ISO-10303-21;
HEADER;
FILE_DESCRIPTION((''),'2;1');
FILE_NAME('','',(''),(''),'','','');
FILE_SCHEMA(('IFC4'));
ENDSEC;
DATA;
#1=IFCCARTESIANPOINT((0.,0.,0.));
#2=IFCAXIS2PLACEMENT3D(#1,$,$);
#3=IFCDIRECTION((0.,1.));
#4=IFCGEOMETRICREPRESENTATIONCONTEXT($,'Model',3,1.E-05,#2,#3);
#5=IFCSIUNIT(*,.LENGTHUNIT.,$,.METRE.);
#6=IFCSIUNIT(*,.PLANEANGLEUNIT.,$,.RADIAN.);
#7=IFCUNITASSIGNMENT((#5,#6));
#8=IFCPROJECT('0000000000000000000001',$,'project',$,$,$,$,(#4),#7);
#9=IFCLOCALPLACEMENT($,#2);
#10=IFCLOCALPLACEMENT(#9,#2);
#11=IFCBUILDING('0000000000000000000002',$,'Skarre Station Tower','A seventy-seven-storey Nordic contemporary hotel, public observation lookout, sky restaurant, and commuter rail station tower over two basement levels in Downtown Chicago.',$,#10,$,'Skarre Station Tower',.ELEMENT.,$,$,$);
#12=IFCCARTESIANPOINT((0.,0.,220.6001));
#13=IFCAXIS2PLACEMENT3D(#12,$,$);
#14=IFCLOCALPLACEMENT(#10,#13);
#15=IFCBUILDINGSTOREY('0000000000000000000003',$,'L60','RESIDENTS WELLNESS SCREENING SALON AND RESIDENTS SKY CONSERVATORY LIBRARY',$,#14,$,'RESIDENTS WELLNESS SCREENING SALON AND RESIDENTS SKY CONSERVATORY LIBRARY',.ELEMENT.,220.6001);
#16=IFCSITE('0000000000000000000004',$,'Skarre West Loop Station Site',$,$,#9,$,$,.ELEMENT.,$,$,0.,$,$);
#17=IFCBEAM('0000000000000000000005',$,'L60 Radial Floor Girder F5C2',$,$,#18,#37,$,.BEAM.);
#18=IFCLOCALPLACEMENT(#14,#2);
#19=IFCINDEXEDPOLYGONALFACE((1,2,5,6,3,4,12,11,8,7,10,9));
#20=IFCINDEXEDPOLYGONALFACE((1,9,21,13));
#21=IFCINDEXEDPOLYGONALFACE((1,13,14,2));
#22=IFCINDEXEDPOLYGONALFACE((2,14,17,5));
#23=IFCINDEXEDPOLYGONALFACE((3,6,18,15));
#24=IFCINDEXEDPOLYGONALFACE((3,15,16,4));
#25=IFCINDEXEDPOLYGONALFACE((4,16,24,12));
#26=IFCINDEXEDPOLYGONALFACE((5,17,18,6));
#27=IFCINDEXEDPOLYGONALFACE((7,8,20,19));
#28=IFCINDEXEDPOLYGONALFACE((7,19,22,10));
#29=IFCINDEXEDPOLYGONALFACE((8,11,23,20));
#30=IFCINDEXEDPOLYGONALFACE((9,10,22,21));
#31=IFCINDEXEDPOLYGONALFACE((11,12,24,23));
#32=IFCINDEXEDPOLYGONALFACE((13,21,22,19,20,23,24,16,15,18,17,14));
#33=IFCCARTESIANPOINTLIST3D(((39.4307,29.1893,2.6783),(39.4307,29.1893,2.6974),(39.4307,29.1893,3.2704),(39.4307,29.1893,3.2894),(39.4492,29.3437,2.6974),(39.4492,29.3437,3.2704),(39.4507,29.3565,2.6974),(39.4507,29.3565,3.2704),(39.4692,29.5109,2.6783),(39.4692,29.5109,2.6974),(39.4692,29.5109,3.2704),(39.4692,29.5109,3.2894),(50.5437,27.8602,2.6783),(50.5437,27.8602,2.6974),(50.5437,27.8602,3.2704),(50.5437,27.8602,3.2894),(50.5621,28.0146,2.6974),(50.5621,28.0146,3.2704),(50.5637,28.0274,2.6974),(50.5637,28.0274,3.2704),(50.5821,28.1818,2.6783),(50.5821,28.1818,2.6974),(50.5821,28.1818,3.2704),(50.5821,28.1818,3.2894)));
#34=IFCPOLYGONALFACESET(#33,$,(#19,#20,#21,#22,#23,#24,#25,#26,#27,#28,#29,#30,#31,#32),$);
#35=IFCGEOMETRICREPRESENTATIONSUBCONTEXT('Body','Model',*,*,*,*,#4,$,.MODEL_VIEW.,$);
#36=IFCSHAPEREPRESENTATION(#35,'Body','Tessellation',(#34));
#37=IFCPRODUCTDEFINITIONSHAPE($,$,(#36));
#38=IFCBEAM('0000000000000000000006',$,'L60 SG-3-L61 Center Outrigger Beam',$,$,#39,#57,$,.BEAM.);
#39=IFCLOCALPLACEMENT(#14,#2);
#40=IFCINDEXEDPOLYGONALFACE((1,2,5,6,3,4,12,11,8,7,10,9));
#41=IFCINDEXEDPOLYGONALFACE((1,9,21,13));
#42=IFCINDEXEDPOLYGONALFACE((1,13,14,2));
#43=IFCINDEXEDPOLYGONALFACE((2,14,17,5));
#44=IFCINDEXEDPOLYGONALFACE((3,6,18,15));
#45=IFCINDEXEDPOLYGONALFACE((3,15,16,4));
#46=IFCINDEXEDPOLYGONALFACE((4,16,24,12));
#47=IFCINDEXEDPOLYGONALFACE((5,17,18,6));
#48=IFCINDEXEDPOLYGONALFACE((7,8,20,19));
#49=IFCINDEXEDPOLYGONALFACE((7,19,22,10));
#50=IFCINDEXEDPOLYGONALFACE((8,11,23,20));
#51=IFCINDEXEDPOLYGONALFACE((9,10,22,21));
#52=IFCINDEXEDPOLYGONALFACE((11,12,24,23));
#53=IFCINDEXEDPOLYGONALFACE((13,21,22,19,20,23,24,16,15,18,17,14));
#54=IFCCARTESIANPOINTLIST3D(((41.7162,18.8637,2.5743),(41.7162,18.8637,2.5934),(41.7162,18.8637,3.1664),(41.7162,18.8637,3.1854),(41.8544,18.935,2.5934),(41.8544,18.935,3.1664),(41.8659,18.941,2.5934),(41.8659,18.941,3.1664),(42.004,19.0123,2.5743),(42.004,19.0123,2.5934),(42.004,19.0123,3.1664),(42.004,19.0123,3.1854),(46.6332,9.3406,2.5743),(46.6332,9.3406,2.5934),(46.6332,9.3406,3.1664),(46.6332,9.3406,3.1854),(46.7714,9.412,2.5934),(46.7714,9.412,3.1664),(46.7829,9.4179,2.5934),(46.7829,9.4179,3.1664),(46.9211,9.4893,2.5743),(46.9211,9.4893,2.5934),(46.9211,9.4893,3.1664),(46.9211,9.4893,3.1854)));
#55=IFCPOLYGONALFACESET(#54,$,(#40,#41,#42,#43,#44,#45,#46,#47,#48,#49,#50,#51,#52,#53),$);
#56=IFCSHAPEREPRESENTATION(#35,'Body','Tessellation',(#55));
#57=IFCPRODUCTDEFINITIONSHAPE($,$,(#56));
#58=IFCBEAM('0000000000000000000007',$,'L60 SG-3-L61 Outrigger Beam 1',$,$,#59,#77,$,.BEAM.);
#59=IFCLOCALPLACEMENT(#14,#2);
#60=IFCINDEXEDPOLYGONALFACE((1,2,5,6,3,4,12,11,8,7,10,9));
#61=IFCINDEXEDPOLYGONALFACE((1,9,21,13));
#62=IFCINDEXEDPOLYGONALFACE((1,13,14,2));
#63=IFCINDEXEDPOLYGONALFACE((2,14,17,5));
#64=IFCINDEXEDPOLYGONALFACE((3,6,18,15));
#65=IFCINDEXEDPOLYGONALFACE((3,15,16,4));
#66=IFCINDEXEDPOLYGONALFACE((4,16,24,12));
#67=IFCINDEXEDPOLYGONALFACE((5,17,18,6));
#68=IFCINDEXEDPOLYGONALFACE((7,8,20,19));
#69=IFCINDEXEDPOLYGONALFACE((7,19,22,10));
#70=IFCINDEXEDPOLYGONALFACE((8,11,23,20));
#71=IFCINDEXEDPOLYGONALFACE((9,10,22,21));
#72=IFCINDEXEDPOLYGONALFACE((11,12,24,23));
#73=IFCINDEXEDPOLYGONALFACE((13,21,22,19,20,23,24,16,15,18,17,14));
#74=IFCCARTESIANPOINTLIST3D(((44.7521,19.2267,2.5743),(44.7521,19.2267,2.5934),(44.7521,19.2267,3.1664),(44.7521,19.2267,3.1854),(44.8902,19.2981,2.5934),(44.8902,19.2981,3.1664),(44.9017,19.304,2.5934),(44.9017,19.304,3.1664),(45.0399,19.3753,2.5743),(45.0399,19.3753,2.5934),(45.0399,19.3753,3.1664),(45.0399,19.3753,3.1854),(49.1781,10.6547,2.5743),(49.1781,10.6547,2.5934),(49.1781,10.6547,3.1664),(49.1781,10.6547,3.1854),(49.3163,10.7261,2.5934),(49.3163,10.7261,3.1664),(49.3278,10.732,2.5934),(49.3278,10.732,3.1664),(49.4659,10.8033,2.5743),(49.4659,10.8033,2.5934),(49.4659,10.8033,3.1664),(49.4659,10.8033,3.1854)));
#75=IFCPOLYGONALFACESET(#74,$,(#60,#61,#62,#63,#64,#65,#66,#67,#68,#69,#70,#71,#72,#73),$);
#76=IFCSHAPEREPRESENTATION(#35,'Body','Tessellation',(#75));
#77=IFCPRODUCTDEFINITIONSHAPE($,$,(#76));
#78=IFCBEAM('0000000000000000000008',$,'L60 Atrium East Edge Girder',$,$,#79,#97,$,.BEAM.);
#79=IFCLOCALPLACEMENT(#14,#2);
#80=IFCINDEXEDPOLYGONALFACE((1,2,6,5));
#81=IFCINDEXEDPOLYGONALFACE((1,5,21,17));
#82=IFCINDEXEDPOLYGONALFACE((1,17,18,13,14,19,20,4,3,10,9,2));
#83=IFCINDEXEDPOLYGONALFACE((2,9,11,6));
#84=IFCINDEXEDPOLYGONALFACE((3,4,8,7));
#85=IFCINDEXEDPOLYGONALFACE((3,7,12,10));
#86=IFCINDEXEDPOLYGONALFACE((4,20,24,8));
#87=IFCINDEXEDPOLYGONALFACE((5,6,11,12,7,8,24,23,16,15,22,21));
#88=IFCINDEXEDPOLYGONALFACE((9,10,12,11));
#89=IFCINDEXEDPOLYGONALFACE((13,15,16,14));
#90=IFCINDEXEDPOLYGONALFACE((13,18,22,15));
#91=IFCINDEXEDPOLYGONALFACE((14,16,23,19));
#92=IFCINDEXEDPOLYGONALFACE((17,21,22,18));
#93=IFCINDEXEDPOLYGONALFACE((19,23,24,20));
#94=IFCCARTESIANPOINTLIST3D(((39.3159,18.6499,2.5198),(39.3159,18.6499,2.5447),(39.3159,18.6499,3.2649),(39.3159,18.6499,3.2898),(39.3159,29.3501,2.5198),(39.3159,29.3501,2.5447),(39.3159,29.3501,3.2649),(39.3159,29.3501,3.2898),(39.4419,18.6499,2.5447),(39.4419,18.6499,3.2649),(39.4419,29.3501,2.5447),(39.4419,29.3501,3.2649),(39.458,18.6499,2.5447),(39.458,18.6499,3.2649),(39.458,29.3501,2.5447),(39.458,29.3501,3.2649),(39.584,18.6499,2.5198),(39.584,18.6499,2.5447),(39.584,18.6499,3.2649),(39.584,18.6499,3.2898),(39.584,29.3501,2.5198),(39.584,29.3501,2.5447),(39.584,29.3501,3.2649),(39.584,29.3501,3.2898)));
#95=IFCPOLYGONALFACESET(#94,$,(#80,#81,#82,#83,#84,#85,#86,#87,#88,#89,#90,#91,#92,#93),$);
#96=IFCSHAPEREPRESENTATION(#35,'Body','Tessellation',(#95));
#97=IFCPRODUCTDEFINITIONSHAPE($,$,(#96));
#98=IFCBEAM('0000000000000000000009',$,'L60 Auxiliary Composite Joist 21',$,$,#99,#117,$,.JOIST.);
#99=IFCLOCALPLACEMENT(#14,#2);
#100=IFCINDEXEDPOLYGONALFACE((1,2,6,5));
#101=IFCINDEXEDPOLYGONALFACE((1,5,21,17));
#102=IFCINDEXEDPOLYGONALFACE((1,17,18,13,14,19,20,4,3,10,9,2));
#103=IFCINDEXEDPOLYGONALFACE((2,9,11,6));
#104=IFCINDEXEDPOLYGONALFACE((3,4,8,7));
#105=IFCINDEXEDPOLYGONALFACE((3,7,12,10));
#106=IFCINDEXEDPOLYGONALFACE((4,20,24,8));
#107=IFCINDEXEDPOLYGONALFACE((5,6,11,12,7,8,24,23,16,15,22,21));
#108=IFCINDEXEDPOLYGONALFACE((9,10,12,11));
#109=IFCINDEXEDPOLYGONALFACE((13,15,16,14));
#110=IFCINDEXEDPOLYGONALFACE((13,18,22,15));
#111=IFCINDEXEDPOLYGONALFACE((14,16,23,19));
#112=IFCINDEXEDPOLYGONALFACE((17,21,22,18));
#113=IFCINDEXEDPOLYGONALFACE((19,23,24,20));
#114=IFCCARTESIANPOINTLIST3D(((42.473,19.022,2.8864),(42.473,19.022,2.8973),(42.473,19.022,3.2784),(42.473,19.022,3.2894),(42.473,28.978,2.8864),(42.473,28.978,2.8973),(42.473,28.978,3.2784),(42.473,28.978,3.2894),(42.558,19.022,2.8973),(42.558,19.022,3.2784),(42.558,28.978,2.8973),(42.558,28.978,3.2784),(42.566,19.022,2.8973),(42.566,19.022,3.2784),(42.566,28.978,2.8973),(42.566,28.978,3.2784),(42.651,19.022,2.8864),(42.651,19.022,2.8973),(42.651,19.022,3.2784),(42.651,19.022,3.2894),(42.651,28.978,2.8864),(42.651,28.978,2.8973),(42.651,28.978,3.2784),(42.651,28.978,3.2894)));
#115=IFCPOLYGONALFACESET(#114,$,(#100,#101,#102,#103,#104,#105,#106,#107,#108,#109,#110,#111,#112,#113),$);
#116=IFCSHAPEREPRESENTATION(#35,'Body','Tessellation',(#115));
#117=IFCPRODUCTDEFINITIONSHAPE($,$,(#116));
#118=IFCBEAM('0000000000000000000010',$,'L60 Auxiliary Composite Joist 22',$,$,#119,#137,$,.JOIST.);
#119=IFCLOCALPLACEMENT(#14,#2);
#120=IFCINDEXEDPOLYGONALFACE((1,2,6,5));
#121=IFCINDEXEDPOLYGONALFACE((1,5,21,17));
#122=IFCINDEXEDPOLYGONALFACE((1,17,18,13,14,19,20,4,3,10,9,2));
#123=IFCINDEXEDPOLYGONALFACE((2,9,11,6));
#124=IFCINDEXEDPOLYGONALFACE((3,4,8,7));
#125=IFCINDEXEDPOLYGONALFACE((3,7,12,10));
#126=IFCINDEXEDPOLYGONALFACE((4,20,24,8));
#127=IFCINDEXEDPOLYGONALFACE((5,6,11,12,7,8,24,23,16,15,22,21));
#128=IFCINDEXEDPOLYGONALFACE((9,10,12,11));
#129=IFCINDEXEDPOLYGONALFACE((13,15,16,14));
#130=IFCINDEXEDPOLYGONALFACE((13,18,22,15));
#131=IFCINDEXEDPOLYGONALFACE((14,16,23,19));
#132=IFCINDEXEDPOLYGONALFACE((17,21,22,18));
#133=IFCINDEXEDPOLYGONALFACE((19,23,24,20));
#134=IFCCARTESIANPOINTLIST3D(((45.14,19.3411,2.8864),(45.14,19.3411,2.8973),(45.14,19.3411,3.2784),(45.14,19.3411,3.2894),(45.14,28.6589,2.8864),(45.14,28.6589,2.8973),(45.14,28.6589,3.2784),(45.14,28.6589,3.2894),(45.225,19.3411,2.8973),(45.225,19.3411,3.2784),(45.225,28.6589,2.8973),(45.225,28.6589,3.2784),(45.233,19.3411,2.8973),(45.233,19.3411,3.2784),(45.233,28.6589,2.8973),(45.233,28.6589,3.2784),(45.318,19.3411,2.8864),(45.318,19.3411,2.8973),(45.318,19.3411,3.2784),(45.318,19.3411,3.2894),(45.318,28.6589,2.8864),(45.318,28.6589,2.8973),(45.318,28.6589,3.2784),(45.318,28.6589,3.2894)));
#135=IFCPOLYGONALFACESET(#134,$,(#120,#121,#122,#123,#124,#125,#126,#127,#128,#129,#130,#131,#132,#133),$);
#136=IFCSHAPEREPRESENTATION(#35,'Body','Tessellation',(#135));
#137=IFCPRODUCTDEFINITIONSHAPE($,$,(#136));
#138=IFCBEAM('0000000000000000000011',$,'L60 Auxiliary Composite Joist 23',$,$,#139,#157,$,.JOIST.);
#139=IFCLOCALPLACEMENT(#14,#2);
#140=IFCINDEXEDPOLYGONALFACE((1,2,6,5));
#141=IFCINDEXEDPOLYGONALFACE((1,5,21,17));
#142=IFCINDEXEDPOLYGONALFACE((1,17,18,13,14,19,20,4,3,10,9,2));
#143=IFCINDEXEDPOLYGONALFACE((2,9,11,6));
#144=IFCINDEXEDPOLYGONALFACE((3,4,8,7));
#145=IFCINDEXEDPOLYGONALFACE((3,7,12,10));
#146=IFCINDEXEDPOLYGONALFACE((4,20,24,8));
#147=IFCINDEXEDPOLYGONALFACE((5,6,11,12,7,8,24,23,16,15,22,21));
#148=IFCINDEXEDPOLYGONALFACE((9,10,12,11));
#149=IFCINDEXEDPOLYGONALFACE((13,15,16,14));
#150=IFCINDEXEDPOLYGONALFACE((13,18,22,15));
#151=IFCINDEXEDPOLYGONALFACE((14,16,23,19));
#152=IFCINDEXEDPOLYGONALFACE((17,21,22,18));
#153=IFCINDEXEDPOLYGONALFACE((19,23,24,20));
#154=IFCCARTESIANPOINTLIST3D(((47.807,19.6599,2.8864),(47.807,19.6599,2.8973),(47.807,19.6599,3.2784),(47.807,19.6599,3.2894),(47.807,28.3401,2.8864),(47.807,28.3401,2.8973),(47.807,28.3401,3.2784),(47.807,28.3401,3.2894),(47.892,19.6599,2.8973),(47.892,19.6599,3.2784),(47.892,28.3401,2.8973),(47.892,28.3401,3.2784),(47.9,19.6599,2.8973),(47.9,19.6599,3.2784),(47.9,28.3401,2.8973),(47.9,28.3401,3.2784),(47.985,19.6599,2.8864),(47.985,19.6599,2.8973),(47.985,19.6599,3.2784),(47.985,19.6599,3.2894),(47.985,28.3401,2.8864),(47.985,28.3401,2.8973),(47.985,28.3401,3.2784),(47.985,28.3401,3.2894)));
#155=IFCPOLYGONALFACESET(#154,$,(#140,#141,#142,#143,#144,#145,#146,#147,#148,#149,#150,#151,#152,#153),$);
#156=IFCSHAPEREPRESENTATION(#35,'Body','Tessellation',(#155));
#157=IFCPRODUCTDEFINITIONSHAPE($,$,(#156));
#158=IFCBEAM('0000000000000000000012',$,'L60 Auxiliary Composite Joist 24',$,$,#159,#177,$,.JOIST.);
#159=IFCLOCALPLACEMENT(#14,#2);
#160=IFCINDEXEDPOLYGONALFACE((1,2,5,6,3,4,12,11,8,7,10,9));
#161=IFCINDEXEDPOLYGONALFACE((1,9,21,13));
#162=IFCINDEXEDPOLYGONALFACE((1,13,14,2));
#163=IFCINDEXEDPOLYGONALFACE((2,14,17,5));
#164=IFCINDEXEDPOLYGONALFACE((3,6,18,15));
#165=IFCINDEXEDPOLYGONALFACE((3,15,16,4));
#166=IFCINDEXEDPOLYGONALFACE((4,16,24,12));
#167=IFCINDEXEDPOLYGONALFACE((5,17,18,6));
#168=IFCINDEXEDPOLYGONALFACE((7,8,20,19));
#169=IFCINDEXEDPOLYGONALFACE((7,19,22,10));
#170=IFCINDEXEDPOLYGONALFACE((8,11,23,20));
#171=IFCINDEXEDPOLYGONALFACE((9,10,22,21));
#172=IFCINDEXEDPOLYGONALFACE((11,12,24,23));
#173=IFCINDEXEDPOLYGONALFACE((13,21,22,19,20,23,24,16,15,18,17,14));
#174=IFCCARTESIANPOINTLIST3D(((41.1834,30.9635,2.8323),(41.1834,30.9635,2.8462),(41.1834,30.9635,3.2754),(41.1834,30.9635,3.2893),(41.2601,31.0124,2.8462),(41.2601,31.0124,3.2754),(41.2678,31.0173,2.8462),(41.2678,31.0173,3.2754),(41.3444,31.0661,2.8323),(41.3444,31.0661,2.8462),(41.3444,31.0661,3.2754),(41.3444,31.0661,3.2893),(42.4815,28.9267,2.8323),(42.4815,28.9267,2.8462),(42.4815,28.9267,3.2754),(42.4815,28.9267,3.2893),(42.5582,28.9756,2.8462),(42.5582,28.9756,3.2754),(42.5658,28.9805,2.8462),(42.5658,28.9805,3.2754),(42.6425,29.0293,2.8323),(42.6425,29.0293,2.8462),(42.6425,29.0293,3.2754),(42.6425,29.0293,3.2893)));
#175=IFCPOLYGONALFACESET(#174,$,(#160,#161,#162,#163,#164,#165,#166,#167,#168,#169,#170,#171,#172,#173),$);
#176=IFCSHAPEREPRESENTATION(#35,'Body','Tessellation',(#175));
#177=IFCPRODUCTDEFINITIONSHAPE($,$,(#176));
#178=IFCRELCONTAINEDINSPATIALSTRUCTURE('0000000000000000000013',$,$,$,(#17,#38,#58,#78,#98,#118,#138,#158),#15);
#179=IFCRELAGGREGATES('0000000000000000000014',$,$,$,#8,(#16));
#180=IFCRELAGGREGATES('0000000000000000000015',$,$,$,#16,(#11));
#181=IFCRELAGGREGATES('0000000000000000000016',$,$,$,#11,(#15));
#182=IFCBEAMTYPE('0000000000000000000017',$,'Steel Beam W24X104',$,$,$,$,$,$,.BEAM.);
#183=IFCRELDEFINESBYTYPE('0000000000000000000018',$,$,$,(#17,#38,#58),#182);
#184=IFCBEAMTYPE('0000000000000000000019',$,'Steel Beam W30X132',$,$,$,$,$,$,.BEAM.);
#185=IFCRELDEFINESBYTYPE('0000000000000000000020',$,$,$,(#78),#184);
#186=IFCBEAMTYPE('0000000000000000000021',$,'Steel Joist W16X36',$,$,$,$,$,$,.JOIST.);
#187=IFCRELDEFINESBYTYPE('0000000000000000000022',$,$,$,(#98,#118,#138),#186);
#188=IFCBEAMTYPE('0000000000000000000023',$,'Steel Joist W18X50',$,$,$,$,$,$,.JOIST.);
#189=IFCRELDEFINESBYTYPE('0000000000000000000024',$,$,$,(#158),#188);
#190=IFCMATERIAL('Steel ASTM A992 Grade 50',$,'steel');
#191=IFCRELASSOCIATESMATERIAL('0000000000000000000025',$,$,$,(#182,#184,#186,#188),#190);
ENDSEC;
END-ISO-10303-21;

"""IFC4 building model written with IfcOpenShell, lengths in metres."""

from ifc_helpers import new_model, si_unit, direction, frame, origin, origin_2d, place, context, subcontext, project, spatial, i_section, extrude, material, material_profile, profile_set, type_object, element, save


model = new_model("IFC4")

# Units and contexts
model_context = context("Model", 3, precision=1e-05, world=origin(), true_north=direction((0.0, 1.0)))
body_context = subcontext(model_context, "Body", "Model", "MODEL_VIEW")
ifc_project = project(units=[si_unit("LENGTHUNIT", "METRE"), si_unit("PLANEANGLEUNIT", "RADIAN")], contexts=[model_context])

# Site, building, storey
site_placement = place(None, origin())
site = spatial("IfcSite", under=ifc_project, at=site_placement, Name="Skarre West Loop Station Site", CompositionType="ELEMENT", RefElevation=0.0)
building_placement = place(site_placement, origin())
building = spatial("IfcBuilding", under=site, at=building_placement, Name="Skarre Station Tower", Description="A seventy-seven-storey Nordic contemporary hotel, public observation lookout, sky restaurant, and commuter rail station tower over two basement levels in Downtown Chicago.", LongName="Skarre Station Tower", CompositionType="ELEMENT")
storey_placement = place(building_placement, frame((0.0, 0.0, 220.6001)))
storey = spatial("IfcBuildingStorey", under=building, at=storey_placement, Name="L60", Description="RESIDENTS WELLNESS SCREENING SALON AND RESIDENTS SKY CONSERVATORY LIBRARY", LongName="RESIDENTS WELLNESS SCREENING SALON AND RESIDENTS SKY CONSERVATORY LIBRARY", CompositionType="ELEMENT", Elevation=220.6001)

# Beams
ifc_material_1 = material(Name="Steel ASTM A992 Grade 50", Category="steel")
ifc_material_profile_1 = material_profile(ifc_material_1, i_section(OverallWidth=0.324, OverallDepth=0.6111, WebThickness=0.0129, FlangeThickness=0.019, at=origin_2d()), Name="Steel ASTM A992 Grade 50")
ifc_profile_set_1 = profile_set([ifc_material_profile_1], Name="Steel ASTM A992 Grade 50")
beam_type_1 = type_object("IfcBeamType", Name="Steel Beam W24X104", PredefinedType="BEAM", material=ifc_profile_set_1)
for number, where, z_axis, x_axis, name in (
    (1, (39.45, 29.3501, 2.9839), (0.992924, -0.118752, 0.0), (0.118752, 0.992924, 0.0), "L60 Radial Floor Girder F5C2"),
):
    element("IfcBeam", number, at=place(storey_placement, frame(where, z_axis=z_axis, x_axis=x_axis)), inside=storey, type_object=beam_type_1, Name=name, PredefinedType="BEAM", context=body_context, shape_type="SweptSolid", body=[
        extrude(i_section(OverallWidth=0.324, OverallDepth=0.6111, WebThickness=0.0129, FlangeThickness=0.019, at=origin_2d()), origin(), (0.0, 0.0, 1.0), 11.1921),
    ])
beam_1_placement = place(storey_placement, frame((41.8601, 18.938, 2.8799), z_axis=(0.458784, -0.888548, 0.0), x_axis=(0.888548, 0.458784, 0.0)))
element("IfcBeam", 2, at=beam_1_placement, inside=storey, type_object=beam_type_1, Name="L60 SG-3-L61 Center Outrigger Beam", PredefinedType="BEAM", context=body_context, shape_type="SweptSolid", body=[
    extrude(i_section(OverallWidth=0.324, OverallDepth=0.6111, WebThickness=0.0129, FlangeThickness=0.019, at=origin_2d()), origin(), (0.0, 0.0, 1.0), 10.7175),
])
beam_2_placement = place(storey_placement, frame((44.896, 19.301, 2.8799), z_axis=(0.458787, -0.888546, 0.0), x_axis=(0.888546, 0.458787, 0.0)))
element("IfcBeam", 3, at=beam_2_placement, inside=storey, type_object=beam_type_1, Name="L60 SG-3-L61 Outrigger Beam 1", PredefinedType="BEAM", context=body_context, shape_type="SweptSolid", body=[
    extrude(i_section(OverallWidth=0.324, OverallDepth=0.6111, WebThickness=0.0129, FlangeThickness=0.019, at=origin_2d()), origin(), (0.0, 0.0, 1.0), 9.6472),
])
ifc_material_profile_2 = material_profile(ifc_material_1, i_section(OverallWidth=0.2681, OverallDepth=0.77, WebThickness=0.0161, FlangeThickness=0.0249, at=origin_2d()), Name="Steel ASTM A992 Grade 50")
ifc_profile_set_2 = profile_set([ifc_material_profile_2], Name="Steel ASTM A992 Grade 50")
beam_type_2 = type_object("IfcBeamType", Name="Steel Beam W30X132", PredefinedType="BEAM", material=ifc_profile_set_2)
beam_3_placement = place(storey_placement, frame((39.45, 18.6499, 2.9048), z_axis=(0.0, 1.0, 0.0), x_axis=(-1.0, 0.0, 0.0)))
element("IfcBeam", 4, at=beam_3_placement, inside=storey, type_object=beam_type_2, Name="L60 Atrium East Edge Girder", PredefinedType="BEAM", context=body_context, shape_type="SweptSolid", body=[
    extrude(i_section(OverallWidth=0.2681, OverallDepth=0.77, WebThickness=0.0161, FlangeThickness=0.0249, at=origin_2d()), origin(), (0.0, 0.0, 1.0), 10.7002),
])
ifc_material_profile_3 = material_profile(ifc_material_1, i_section(OverallWidth=0.178, OverallDepth=0.4031, WebThickness=0.0081, FlangeThickness=0.011, at=origin_2d()), Name="Steel ASTM A992 Grade 50")
ifc_profile_set_3 = profile_set([ifc_material_profile_3], Name="Steel ASTM A992 Grade 50")
beam_type_3 = type_object("IfcBeamType", Name="Steel Joist W16X36", PredefinedType="JOIST", material=ifc_profile_set_3)
beam_4_placement = place(storey_placement, frame((42.562, 19.022, 3.0879), z_axis=(0.0, 1.0, 0.0), x_axis=(-1.0, 0.0, 0.0)))
element("IfcBeam", 5, at=beam_4_placement, inside=storey, type_object=beam_type_3, Name="L60 Auxiliary Composite Joist 21", PredefinedType="JOIST", context=body_context, shape_type="SweptSolid", body=[
    extrude(i_section(OverallWidth=0.178, OverallDepth=0.4031, WebThickness=0.0081, FlangeThickness=0.011, at=origin_2d()), origin(), (0.0, 0.0, 1.0), 9.9561),
])
beam_5_placement = place(storey_placement, frame((45.229, 19.3411, 3.0879), z_axis=(0.0, 1.0, 0.0), x_axis=(-1.0, 0.0, 0.0)))
element("IfcBeam", 6, at=beam_5_placement, inside=storey, type_object=beam_type_3, Name="L60 Auxiliary Composite Joist 22", PredefinedType="JOIST", context=body_context, shape_type="SweptSolid", body=[
    extrude(i_section(OverallWidth=0.178, OverallDepth=0.4031, WebThickness=0.0081, FlangeThickness=0.011, at=origin_2d()), origin(), (0.0, 0.0, 1.0), 9.3179),
])
beam_6_placement = place(storey_placement, frame((47.896, 19.6599, 3.0879), z_axis=(0.0, 1.0, 0.0), x_axis=(-1.0, 0.0, 0.0)))
element("IfcBeam", 7, at=beam_6_placement, inside=storey, type_object=beam_type_3, Name="L60 Auxiliary Composite Joist 23", PredefinedType="JOIST", context=body_context, shape_type="SweptSolid", body=[
    extrude(i_section(OverallWidth=0.178, OverallDepth=0.4031, WebThickness=0.0081, FlangeThickness=0.011, at=origin_2d()), origin(), (0.0, 0.0, 1.0), 8.6802),
])
ifc_material_profile_4 = material_profile(ifc_material_1, i_section(OverallWidth=0.1909, OverallDepth=0.457, WebThickness=0.009, FlangeThickness=0.0139, at=origin_2d()), Name="Steel ASTM A992 Grade 50")
ifc_profile_set_4 = profile_set([ifc_material_profile_4], Name="Steel ASTM A992 Grade 50")
beam_type_4 = type_object("IfcBeamType", Name="Steel Joist W18X50", PredefinedType="JOIST", material=ifc_profile_set_4)
beam_7_placement = place(storey_placement, frame((42.562, 28.978, 3.0608), z_axis=(-0.537438, 0.843303, 0.0), x_axis=(-0.843303, -0.537438, 0.0)))
element("IfcBeam", 8, at=beam_7_placement, inside=storey, type_object=beam_type_4, Name="L60 Auxiliary Composite Joist 24", PredefinedType="JOIST", context=body_context, shape_type="SweptSolid", body=[
    extrude(i_section(OverallWidth=0.1909, OverallDepth=0.457, WebThickness=0.009, FlangeThickness=0.0139, at=origin_2d()), origin(), (0.0, 0.0, 1.0), 2.4153),
])

save(model, "model.ifc")
